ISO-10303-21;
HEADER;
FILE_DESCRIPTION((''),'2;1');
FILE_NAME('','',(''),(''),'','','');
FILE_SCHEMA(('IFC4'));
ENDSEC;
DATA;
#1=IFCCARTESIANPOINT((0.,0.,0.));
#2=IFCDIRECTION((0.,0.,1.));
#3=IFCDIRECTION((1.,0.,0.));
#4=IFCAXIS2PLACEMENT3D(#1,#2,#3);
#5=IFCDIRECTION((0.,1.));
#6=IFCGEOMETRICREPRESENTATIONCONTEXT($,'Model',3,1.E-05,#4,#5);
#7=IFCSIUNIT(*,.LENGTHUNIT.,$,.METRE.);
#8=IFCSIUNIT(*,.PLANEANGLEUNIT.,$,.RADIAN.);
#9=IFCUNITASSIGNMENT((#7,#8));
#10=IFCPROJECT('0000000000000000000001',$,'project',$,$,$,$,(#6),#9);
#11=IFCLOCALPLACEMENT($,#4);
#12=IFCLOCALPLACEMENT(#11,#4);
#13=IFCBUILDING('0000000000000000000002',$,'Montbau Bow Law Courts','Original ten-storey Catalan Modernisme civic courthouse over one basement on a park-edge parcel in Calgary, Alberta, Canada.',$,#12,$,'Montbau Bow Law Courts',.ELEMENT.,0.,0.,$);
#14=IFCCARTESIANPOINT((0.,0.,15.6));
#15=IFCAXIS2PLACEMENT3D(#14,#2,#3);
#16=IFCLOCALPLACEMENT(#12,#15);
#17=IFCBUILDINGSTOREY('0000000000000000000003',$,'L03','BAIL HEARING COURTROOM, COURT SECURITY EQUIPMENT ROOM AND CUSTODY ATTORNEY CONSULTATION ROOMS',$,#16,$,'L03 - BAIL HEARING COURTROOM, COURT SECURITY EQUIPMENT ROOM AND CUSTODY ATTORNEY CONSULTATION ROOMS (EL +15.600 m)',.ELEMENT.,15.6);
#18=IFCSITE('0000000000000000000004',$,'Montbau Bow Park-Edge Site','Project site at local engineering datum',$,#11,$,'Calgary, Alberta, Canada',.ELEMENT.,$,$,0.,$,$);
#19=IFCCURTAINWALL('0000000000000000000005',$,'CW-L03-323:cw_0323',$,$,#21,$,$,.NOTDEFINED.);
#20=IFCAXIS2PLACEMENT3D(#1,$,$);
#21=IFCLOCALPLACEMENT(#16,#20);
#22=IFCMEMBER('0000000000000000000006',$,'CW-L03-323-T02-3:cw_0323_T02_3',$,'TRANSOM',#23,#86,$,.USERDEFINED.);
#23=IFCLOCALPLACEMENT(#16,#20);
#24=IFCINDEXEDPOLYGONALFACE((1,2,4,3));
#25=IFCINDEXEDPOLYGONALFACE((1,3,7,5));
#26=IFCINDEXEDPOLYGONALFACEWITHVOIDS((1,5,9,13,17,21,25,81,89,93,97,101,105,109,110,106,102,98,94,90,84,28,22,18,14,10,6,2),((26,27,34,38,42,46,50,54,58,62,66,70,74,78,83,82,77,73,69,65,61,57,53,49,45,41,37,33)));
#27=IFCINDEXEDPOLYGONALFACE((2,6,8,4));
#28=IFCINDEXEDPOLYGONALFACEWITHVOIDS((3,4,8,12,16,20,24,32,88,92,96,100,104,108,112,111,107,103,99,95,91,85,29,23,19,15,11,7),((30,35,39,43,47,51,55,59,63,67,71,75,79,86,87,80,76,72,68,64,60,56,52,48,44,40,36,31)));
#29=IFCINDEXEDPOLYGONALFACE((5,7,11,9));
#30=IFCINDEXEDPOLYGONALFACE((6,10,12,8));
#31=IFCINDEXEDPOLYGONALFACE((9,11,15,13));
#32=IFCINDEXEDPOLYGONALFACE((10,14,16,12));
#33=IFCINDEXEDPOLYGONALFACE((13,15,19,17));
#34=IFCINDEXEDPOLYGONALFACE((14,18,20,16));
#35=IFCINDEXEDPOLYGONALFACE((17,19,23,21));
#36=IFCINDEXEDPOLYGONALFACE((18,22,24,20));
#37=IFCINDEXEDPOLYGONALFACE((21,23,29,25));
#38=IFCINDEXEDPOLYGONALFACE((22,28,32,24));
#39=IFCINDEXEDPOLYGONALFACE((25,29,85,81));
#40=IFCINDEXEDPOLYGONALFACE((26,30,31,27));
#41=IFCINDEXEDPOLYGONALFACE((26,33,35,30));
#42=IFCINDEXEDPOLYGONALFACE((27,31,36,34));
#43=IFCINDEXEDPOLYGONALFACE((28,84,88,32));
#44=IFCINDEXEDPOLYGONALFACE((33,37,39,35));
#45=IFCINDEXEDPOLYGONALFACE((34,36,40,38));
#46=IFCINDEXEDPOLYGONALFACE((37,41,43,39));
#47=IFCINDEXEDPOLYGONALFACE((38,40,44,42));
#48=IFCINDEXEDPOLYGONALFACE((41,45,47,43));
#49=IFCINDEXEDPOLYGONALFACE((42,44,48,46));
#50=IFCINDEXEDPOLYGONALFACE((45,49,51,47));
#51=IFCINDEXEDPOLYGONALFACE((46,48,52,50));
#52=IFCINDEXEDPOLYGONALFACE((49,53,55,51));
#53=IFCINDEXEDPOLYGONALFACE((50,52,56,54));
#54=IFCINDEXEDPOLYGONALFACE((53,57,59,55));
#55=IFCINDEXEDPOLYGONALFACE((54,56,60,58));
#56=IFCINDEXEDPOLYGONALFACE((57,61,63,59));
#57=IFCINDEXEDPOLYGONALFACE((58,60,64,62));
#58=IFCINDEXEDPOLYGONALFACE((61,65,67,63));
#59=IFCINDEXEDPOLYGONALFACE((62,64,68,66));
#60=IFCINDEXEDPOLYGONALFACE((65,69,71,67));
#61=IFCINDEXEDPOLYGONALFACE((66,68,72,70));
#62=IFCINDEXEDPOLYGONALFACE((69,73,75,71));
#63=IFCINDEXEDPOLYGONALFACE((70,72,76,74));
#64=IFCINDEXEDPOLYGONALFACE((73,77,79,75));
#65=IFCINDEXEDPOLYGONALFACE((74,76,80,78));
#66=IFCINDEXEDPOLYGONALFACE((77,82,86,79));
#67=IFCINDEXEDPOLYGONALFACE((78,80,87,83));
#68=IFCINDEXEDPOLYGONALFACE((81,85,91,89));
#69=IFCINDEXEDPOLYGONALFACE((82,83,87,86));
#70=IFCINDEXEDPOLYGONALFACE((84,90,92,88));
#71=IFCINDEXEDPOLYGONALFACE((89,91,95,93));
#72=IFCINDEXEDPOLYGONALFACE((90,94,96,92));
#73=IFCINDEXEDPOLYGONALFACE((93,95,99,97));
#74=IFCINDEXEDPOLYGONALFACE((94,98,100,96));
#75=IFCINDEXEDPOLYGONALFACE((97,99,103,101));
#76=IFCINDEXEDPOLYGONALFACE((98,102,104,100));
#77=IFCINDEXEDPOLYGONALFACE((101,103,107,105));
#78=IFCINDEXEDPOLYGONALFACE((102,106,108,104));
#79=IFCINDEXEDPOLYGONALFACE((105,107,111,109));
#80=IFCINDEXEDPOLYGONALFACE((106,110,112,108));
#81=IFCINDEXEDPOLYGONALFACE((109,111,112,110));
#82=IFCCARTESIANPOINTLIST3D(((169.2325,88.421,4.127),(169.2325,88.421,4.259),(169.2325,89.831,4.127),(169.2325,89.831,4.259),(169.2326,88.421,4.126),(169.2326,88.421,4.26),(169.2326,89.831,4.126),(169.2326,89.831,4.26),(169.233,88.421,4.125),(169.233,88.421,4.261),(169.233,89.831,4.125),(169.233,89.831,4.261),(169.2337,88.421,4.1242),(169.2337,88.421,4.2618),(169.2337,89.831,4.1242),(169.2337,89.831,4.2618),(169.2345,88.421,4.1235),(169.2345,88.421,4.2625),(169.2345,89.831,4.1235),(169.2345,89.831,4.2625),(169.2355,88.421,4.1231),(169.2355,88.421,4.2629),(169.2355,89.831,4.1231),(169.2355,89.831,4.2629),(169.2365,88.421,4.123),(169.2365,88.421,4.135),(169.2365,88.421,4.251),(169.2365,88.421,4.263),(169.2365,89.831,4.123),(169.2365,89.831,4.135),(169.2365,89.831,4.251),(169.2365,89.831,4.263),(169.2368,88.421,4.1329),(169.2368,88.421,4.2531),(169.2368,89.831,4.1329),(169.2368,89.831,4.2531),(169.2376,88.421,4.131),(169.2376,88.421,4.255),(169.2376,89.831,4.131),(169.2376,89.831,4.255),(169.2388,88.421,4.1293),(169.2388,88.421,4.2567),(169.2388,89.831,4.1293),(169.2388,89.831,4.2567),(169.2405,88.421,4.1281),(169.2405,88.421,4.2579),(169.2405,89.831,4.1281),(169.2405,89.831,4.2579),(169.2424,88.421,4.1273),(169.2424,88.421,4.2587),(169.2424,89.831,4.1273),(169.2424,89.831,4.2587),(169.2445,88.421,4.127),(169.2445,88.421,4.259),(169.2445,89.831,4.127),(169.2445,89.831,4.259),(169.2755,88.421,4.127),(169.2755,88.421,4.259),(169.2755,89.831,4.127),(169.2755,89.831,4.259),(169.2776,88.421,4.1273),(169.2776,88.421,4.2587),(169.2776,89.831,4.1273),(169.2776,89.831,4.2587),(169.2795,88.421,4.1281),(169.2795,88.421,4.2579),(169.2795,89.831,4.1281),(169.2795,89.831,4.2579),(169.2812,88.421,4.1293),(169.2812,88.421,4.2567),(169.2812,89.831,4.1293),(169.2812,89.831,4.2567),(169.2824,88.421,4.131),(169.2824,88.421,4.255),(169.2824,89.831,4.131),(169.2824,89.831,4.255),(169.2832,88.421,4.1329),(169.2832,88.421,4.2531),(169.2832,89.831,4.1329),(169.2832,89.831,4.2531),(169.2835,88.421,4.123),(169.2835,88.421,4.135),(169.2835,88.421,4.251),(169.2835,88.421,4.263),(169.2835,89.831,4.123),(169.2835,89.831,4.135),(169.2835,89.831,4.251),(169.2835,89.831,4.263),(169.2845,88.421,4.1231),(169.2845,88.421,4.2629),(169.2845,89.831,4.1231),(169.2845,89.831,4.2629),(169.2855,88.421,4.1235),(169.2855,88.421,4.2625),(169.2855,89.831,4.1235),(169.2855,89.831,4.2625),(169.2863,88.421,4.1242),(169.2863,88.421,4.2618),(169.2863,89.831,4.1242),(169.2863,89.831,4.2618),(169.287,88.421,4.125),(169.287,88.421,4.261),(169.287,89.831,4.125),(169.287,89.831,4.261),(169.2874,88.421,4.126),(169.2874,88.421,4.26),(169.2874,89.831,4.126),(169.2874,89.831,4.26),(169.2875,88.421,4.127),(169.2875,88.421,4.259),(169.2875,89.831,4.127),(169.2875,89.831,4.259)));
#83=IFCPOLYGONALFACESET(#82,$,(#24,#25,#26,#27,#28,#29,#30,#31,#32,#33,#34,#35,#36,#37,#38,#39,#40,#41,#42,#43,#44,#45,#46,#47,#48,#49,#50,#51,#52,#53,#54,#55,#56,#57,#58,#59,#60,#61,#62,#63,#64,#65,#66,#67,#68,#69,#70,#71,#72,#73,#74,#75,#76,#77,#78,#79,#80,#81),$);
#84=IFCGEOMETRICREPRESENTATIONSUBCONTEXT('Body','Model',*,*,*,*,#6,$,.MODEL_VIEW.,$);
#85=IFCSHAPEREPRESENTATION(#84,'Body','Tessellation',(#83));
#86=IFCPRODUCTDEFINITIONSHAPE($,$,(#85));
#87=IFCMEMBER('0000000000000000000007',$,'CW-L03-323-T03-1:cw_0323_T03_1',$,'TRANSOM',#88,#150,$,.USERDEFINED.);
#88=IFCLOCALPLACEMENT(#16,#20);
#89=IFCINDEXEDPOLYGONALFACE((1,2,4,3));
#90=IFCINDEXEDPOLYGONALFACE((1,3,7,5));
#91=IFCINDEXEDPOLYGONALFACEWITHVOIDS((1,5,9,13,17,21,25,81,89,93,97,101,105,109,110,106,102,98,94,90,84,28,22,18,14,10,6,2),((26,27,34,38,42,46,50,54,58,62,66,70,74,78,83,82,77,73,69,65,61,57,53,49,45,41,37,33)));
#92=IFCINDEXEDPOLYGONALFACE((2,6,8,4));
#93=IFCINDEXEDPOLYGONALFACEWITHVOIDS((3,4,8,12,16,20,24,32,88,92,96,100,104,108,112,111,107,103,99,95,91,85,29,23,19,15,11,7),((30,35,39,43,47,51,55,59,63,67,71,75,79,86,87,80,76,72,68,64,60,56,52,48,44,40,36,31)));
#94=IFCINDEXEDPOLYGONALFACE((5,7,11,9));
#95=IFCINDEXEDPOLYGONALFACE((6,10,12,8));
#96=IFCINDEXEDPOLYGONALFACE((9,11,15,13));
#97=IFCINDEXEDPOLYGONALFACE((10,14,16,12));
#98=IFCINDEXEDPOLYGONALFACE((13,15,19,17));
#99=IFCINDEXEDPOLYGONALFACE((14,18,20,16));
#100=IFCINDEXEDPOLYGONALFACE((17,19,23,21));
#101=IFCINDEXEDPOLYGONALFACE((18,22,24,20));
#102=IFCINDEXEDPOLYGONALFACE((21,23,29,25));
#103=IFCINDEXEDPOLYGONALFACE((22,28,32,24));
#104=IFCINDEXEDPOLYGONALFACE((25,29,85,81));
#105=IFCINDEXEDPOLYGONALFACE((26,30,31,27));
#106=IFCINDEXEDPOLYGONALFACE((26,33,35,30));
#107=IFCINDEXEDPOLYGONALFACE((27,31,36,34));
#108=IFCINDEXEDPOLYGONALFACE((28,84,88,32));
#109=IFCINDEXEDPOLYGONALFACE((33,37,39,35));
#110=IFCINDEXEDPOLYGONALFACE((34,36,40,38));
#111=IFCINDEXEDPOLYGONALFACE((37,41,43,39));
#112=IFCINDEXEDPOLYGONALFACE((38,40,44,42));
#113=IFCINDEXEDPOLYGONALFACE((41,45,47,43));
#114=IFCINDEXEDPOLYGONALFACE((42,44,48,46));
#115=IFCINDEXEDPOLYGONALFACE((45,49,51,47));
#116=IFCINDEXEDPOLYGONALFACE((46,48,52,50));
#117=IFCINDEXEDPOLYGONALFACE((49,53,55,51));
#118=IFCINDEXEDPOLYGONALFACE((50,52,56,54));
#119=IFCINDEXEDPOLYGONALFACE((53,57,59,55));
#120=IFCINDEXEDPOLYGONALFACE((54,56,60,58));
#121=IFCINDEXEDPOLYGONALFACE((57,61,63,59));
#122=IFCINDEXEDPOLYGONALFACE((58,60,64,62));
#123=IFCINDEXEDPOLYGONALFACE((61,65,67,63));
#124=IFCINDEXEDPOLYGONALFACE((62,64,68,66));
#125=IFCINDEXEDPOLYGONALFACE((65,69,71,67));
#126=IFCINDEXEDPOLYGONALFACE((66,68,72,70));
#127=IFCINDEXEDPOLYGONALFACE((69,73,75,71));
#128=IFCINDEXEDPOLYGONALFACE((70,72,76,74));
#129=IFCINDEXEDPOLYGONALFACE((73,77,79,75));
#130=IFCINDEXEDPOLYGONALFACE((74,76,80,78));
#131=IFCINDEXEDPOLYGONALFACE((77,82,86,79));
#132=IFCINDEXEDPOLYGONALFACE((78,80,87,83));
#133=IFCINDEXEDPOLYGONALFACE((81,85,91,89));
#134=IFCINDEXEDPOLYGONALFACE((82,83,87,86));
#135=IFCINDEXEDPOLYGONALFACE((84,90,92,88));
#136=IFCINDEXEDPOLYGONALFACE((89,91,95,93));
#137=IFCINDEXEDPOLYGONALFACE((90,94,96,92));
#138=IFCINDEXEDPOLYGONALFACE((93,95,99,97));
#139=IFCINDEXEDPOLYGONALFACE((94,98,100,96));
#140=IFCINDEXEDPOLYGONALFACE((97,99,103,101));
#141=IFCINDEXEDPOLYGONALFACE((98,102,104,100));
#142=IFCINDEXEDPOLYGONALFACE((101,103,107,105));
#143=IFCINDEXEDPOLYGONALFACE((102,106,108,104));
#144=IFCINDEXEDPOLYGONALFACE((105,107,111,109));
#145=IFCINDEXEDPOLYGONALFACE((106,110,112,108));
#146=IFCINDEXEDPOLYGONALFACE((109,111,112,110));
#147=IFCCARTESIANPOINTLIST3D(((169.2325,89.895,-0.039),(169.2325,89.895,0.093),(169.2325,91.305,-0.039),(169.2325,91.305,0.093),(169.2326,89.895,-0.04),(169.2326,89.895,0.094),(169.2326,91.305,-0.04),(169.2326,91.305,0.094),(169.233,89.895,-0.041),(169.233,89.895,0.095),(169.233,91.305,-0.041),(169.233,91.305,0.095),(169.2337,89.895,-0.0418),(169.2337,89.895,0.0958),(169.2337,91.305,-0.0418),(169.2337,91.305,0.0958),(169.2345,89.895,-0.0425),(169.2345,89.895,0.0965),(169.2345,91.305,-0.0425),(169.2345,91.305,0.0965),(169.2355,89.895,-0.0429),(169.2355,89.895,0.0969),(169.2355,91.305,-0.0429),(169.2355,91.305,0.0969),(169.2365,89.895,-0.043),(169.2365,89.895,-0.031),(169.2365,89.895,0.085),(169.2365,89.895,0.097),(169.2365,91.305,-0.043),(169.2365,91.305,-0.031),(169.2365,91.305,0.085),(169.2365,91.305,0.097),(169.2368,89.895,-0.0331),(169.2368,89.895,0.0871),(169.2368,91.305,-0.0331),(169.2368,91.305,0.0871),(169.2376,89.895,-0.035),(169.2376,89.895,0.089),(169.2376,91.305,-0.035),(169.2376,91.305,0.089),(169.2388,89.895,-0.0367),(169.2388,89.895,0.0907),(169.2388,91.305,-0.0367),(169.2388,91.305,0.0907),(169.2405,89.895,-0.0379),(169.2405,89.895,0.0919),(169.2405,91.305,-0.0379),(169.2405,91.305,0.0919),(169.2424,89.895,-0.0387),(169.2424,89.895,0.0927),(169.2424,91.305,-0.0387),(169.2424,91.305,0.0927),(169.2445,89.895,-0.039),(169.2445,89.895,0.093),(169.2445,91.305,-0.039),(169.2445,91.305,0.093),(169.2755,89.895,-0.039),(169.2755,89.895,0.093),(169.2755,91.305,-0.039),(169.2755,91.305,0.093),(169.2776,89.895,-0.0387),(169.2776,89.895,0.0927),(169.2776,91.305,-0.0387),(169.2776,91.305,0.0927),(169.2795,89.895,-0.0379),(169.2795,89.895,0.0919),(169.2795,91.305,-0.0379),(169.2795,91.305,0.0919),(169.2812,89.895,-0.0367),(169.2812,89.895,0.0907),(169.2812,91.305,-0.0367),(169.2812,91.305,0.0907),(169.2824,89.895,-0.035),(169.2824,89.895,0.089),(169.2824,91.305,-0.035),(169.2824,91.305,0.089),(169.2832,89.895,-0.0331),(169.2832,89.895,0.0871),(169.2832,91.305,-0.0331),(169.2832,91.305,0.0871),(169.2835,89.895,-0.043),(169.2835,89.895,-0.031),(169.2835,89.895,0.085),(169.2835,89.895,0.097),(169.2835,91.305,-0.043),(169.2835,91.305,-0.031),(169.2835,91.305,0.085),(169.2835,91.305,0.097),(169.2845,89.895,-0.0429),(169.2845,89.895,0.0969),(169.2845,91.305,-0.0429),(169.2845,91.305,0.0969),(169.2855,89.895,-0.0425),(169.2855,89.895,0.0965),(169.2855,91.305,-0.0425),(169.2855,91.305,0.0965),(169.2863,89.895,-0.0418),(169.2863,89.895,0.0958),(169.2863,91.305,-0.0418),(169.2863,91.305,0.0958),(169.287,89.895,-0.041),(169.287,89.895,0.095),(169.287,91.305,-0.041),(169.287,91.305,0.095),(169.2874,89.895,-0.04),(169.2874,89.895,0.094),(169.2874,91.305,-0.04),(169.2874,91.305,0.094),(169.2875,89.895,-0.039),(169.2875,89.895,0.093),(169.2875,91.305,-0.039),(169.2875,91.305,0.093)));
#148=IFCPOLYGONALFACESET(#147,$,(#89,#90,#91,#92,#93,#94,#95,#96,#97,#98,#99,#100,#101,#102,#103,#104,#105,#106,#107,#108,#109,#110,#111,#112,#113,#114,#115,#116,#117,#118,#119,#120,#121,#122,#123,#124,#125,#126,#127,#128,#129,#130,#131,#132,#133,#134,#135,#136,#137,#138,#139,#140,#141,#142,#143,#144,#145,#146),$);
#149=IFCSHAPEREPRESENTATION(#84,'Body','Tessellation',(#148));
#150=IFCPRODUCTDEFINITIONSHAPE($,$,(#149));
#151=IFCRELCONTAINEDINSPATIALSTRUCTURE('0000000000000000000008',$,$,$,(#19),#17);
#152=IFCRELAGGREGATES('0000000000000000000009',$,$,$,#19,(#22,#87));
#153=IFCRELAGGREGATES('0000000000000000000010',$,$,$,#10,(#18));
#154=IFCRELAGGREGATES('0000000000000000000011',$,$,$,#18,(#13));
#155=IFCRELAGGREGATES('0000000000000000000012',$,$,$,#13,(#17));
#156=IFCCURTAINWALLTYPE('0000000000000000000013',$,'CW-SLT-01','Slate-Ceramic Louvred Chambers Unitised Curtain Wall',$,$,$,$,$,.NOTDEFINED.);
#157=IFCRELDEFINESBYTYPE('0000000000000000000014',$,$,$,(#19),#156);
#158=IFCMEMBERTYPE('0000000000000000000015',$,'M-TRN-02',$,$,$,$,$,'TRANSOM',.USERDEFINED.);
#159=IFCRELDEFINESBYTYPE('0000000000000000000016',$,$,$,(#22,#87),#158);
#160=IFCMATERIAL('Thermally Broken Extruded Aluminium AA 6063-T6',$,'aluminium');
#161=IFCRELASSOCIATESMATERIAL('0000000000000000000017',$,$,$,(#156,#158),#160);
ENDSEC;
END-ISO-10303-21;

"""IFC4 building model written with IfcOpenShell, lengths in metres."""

from ifc_helpers import new_model, si_unit, direction, frame, origin_with_axes, origin_2d_with_axis, place, context, subcontext, project, spatial, hollow_rectangle, extrude, material, material_profile, profile_set, type_object, element, aggregate, save


model = new_model("IFC4")

# Units and contexts
model_context = context("Model", 3, precision=1e-05, world=origin_with_axes(), true_north=direction((0.0, 1.0)))
body_context = subcontext(model_context, "Body", "Model", "MODEL_VIEW")
ifc_project = project(units=[si_unit("LENGTHUNIT", "METRE"), si_unit("PLANEANGLEUNIT", "RADIAN")], contexts=[model_context])

# Site, building, storey
site_placement = place(None, origin_with_axes())
site = spatial("IfcSite", under=ifc_project, at=site_placement, Name="Montbau Bow Park-Edge Site", Description="Project site at local engineering datum", LongName="Calgary, Alberta, Canada", CompositionType="ELEMENT", RefElevation=0.0)
building_placement = place(site_placement, origin_with_axes())
building = spatial("IfcBuilding", under=site, at=building_placement, Name="Montbau Bow Law Courts", Description="Original ten-storey Catalan Modernisme civic courthouse over one basement on a park-edge parcel in Calgary, Alberta, Canada.", LongName="Montbau Bow Law Courts", CompositionType="ELEMENT", ElevationOfRefHeight=0.0, ElevationOfTerrain=0.0)
storey_placement = place(building_placement, frame((0.0, 0.0, 15.6), z_axis=(0.0, 0.0, 1.0), x_axis=(1.0, 0.0, 0.0)))
storey = spatial("IfcBuildingStorey", under=building, at=storey_placement, Name="L03", Description="BAIL HEARING COURTROOM, COURT SECURITY EQUIPMENT ROOM AND CUSTODY ATTORNEY CONSULTATION ROOMS", LongName="L03 - BAIL HEARING COURTROOM, COURT SECURITY EQUIPMENT ROOM AND CUSTODY ATTORNEY CONSULTATION ROOMS (EL +15.600 m)", CompositionType="ELEMENT", Elevation=15.6)

# Curtain wall, members
ifc_material_1 = material(Name="Thermally Broken Extruded Aluminium AA 6063-T6", Category="aluminium")
curtain_wall_type = type_object("IfcCurtainWallType", Name="CW-SLT-01", Description="Slate-Ceramic Louvred Chambers Unitised Curtain Wall", PredefinedType="NOTDEFINED", material=ifc_material_1)
curtain_wall_placement = place(None, frame((169.26, 86.915, 15.6), z_axis=(0.0, 0.0, 1.0), x_axis=(1.0, 0.0, 0.0)))
curtain_wall = element("IfcCurtainWall", 1, at=curtain_wall_placement, inside=storey, type_object=curtain_wall_type, Name="CW-L03-323:cw_0323", PredefinedType="NOTDEFINED")
ifc_material_profile_1 = material_profile(ifc_material_1, hollow_rectangle(XDim=0.055, YDim=0.14, WallThickness=0.004, InnerFilletRadius=0.008, OuterFilletRadius=0.004, at=origin_2d_with_axis()), Name="CWT-140X55", Category="Main", Priority=0)
ifc_profile_set_1 = profile_set([ifc_material_profile_1], Name="Thermally Broken Extruded Aluminium AA 6063-T6")
member_type_1 = type_object("IfcMemberType", Name="M-TRN-02", ElementType="TRANSOM", PredefinedType="USERDEFINED", material=ifc_profile_set_1)
member_1_placement = place(None, frame((169.26, 88.421, 19.793), z_axis=(0.0, 1.0, 0.0), x_axis=(-1.0, 0.0, 0.0)))
member_1 = element("IfcMember", 2, at=member_1_placement, type_object=member_type_1, Name="CW-L03-323-T02-3:cw_0323_T02_3", ObjectType="TRANSOM", PredefinedType="USERDEFINED", context=body_context, shape_type="SweptSolid", body=[
    extrude(hollow_rectangle(XDim=0.055, YDim=0.14, WallThickness=0.004, InnerFilletRadius=0.008, OuterFilletRadius=0.004, at=origin_2d_with_axis()), origin_with_axes(), (0.0, 0.0, 1.0), 1.41),
])
member_2_placement = place(None, frame((169.26, 89.895, 15.627), z_axis=(0.0, 1.0, 0.0), x_axis=(-1.0, 0.0, 0.0)))
member_2 = element("IfcMember", 3, at=member_2_placement, type_object=member_type_1, Name="CW-L03-323-T03-1:cw_0323_T03_1", ObjectType="TRANSOM", PredefinedType="USERDEFINED", context=body_context, shape_type="SweptSolid", body=[
    extrude(hollow_rectangle(XDim=0.055, YDim=0.14, WallThickness=0.004, InnerFilletRadius=0.008, OuterFilletRadius=0.004, at=origin_2d_with_axis()), origin_with_axes(), (0.0, 0.0, 1.0), 1.41),
])
aggregate(curtain_wall, [member_1, member_2])

save(model, "model.ifc")
